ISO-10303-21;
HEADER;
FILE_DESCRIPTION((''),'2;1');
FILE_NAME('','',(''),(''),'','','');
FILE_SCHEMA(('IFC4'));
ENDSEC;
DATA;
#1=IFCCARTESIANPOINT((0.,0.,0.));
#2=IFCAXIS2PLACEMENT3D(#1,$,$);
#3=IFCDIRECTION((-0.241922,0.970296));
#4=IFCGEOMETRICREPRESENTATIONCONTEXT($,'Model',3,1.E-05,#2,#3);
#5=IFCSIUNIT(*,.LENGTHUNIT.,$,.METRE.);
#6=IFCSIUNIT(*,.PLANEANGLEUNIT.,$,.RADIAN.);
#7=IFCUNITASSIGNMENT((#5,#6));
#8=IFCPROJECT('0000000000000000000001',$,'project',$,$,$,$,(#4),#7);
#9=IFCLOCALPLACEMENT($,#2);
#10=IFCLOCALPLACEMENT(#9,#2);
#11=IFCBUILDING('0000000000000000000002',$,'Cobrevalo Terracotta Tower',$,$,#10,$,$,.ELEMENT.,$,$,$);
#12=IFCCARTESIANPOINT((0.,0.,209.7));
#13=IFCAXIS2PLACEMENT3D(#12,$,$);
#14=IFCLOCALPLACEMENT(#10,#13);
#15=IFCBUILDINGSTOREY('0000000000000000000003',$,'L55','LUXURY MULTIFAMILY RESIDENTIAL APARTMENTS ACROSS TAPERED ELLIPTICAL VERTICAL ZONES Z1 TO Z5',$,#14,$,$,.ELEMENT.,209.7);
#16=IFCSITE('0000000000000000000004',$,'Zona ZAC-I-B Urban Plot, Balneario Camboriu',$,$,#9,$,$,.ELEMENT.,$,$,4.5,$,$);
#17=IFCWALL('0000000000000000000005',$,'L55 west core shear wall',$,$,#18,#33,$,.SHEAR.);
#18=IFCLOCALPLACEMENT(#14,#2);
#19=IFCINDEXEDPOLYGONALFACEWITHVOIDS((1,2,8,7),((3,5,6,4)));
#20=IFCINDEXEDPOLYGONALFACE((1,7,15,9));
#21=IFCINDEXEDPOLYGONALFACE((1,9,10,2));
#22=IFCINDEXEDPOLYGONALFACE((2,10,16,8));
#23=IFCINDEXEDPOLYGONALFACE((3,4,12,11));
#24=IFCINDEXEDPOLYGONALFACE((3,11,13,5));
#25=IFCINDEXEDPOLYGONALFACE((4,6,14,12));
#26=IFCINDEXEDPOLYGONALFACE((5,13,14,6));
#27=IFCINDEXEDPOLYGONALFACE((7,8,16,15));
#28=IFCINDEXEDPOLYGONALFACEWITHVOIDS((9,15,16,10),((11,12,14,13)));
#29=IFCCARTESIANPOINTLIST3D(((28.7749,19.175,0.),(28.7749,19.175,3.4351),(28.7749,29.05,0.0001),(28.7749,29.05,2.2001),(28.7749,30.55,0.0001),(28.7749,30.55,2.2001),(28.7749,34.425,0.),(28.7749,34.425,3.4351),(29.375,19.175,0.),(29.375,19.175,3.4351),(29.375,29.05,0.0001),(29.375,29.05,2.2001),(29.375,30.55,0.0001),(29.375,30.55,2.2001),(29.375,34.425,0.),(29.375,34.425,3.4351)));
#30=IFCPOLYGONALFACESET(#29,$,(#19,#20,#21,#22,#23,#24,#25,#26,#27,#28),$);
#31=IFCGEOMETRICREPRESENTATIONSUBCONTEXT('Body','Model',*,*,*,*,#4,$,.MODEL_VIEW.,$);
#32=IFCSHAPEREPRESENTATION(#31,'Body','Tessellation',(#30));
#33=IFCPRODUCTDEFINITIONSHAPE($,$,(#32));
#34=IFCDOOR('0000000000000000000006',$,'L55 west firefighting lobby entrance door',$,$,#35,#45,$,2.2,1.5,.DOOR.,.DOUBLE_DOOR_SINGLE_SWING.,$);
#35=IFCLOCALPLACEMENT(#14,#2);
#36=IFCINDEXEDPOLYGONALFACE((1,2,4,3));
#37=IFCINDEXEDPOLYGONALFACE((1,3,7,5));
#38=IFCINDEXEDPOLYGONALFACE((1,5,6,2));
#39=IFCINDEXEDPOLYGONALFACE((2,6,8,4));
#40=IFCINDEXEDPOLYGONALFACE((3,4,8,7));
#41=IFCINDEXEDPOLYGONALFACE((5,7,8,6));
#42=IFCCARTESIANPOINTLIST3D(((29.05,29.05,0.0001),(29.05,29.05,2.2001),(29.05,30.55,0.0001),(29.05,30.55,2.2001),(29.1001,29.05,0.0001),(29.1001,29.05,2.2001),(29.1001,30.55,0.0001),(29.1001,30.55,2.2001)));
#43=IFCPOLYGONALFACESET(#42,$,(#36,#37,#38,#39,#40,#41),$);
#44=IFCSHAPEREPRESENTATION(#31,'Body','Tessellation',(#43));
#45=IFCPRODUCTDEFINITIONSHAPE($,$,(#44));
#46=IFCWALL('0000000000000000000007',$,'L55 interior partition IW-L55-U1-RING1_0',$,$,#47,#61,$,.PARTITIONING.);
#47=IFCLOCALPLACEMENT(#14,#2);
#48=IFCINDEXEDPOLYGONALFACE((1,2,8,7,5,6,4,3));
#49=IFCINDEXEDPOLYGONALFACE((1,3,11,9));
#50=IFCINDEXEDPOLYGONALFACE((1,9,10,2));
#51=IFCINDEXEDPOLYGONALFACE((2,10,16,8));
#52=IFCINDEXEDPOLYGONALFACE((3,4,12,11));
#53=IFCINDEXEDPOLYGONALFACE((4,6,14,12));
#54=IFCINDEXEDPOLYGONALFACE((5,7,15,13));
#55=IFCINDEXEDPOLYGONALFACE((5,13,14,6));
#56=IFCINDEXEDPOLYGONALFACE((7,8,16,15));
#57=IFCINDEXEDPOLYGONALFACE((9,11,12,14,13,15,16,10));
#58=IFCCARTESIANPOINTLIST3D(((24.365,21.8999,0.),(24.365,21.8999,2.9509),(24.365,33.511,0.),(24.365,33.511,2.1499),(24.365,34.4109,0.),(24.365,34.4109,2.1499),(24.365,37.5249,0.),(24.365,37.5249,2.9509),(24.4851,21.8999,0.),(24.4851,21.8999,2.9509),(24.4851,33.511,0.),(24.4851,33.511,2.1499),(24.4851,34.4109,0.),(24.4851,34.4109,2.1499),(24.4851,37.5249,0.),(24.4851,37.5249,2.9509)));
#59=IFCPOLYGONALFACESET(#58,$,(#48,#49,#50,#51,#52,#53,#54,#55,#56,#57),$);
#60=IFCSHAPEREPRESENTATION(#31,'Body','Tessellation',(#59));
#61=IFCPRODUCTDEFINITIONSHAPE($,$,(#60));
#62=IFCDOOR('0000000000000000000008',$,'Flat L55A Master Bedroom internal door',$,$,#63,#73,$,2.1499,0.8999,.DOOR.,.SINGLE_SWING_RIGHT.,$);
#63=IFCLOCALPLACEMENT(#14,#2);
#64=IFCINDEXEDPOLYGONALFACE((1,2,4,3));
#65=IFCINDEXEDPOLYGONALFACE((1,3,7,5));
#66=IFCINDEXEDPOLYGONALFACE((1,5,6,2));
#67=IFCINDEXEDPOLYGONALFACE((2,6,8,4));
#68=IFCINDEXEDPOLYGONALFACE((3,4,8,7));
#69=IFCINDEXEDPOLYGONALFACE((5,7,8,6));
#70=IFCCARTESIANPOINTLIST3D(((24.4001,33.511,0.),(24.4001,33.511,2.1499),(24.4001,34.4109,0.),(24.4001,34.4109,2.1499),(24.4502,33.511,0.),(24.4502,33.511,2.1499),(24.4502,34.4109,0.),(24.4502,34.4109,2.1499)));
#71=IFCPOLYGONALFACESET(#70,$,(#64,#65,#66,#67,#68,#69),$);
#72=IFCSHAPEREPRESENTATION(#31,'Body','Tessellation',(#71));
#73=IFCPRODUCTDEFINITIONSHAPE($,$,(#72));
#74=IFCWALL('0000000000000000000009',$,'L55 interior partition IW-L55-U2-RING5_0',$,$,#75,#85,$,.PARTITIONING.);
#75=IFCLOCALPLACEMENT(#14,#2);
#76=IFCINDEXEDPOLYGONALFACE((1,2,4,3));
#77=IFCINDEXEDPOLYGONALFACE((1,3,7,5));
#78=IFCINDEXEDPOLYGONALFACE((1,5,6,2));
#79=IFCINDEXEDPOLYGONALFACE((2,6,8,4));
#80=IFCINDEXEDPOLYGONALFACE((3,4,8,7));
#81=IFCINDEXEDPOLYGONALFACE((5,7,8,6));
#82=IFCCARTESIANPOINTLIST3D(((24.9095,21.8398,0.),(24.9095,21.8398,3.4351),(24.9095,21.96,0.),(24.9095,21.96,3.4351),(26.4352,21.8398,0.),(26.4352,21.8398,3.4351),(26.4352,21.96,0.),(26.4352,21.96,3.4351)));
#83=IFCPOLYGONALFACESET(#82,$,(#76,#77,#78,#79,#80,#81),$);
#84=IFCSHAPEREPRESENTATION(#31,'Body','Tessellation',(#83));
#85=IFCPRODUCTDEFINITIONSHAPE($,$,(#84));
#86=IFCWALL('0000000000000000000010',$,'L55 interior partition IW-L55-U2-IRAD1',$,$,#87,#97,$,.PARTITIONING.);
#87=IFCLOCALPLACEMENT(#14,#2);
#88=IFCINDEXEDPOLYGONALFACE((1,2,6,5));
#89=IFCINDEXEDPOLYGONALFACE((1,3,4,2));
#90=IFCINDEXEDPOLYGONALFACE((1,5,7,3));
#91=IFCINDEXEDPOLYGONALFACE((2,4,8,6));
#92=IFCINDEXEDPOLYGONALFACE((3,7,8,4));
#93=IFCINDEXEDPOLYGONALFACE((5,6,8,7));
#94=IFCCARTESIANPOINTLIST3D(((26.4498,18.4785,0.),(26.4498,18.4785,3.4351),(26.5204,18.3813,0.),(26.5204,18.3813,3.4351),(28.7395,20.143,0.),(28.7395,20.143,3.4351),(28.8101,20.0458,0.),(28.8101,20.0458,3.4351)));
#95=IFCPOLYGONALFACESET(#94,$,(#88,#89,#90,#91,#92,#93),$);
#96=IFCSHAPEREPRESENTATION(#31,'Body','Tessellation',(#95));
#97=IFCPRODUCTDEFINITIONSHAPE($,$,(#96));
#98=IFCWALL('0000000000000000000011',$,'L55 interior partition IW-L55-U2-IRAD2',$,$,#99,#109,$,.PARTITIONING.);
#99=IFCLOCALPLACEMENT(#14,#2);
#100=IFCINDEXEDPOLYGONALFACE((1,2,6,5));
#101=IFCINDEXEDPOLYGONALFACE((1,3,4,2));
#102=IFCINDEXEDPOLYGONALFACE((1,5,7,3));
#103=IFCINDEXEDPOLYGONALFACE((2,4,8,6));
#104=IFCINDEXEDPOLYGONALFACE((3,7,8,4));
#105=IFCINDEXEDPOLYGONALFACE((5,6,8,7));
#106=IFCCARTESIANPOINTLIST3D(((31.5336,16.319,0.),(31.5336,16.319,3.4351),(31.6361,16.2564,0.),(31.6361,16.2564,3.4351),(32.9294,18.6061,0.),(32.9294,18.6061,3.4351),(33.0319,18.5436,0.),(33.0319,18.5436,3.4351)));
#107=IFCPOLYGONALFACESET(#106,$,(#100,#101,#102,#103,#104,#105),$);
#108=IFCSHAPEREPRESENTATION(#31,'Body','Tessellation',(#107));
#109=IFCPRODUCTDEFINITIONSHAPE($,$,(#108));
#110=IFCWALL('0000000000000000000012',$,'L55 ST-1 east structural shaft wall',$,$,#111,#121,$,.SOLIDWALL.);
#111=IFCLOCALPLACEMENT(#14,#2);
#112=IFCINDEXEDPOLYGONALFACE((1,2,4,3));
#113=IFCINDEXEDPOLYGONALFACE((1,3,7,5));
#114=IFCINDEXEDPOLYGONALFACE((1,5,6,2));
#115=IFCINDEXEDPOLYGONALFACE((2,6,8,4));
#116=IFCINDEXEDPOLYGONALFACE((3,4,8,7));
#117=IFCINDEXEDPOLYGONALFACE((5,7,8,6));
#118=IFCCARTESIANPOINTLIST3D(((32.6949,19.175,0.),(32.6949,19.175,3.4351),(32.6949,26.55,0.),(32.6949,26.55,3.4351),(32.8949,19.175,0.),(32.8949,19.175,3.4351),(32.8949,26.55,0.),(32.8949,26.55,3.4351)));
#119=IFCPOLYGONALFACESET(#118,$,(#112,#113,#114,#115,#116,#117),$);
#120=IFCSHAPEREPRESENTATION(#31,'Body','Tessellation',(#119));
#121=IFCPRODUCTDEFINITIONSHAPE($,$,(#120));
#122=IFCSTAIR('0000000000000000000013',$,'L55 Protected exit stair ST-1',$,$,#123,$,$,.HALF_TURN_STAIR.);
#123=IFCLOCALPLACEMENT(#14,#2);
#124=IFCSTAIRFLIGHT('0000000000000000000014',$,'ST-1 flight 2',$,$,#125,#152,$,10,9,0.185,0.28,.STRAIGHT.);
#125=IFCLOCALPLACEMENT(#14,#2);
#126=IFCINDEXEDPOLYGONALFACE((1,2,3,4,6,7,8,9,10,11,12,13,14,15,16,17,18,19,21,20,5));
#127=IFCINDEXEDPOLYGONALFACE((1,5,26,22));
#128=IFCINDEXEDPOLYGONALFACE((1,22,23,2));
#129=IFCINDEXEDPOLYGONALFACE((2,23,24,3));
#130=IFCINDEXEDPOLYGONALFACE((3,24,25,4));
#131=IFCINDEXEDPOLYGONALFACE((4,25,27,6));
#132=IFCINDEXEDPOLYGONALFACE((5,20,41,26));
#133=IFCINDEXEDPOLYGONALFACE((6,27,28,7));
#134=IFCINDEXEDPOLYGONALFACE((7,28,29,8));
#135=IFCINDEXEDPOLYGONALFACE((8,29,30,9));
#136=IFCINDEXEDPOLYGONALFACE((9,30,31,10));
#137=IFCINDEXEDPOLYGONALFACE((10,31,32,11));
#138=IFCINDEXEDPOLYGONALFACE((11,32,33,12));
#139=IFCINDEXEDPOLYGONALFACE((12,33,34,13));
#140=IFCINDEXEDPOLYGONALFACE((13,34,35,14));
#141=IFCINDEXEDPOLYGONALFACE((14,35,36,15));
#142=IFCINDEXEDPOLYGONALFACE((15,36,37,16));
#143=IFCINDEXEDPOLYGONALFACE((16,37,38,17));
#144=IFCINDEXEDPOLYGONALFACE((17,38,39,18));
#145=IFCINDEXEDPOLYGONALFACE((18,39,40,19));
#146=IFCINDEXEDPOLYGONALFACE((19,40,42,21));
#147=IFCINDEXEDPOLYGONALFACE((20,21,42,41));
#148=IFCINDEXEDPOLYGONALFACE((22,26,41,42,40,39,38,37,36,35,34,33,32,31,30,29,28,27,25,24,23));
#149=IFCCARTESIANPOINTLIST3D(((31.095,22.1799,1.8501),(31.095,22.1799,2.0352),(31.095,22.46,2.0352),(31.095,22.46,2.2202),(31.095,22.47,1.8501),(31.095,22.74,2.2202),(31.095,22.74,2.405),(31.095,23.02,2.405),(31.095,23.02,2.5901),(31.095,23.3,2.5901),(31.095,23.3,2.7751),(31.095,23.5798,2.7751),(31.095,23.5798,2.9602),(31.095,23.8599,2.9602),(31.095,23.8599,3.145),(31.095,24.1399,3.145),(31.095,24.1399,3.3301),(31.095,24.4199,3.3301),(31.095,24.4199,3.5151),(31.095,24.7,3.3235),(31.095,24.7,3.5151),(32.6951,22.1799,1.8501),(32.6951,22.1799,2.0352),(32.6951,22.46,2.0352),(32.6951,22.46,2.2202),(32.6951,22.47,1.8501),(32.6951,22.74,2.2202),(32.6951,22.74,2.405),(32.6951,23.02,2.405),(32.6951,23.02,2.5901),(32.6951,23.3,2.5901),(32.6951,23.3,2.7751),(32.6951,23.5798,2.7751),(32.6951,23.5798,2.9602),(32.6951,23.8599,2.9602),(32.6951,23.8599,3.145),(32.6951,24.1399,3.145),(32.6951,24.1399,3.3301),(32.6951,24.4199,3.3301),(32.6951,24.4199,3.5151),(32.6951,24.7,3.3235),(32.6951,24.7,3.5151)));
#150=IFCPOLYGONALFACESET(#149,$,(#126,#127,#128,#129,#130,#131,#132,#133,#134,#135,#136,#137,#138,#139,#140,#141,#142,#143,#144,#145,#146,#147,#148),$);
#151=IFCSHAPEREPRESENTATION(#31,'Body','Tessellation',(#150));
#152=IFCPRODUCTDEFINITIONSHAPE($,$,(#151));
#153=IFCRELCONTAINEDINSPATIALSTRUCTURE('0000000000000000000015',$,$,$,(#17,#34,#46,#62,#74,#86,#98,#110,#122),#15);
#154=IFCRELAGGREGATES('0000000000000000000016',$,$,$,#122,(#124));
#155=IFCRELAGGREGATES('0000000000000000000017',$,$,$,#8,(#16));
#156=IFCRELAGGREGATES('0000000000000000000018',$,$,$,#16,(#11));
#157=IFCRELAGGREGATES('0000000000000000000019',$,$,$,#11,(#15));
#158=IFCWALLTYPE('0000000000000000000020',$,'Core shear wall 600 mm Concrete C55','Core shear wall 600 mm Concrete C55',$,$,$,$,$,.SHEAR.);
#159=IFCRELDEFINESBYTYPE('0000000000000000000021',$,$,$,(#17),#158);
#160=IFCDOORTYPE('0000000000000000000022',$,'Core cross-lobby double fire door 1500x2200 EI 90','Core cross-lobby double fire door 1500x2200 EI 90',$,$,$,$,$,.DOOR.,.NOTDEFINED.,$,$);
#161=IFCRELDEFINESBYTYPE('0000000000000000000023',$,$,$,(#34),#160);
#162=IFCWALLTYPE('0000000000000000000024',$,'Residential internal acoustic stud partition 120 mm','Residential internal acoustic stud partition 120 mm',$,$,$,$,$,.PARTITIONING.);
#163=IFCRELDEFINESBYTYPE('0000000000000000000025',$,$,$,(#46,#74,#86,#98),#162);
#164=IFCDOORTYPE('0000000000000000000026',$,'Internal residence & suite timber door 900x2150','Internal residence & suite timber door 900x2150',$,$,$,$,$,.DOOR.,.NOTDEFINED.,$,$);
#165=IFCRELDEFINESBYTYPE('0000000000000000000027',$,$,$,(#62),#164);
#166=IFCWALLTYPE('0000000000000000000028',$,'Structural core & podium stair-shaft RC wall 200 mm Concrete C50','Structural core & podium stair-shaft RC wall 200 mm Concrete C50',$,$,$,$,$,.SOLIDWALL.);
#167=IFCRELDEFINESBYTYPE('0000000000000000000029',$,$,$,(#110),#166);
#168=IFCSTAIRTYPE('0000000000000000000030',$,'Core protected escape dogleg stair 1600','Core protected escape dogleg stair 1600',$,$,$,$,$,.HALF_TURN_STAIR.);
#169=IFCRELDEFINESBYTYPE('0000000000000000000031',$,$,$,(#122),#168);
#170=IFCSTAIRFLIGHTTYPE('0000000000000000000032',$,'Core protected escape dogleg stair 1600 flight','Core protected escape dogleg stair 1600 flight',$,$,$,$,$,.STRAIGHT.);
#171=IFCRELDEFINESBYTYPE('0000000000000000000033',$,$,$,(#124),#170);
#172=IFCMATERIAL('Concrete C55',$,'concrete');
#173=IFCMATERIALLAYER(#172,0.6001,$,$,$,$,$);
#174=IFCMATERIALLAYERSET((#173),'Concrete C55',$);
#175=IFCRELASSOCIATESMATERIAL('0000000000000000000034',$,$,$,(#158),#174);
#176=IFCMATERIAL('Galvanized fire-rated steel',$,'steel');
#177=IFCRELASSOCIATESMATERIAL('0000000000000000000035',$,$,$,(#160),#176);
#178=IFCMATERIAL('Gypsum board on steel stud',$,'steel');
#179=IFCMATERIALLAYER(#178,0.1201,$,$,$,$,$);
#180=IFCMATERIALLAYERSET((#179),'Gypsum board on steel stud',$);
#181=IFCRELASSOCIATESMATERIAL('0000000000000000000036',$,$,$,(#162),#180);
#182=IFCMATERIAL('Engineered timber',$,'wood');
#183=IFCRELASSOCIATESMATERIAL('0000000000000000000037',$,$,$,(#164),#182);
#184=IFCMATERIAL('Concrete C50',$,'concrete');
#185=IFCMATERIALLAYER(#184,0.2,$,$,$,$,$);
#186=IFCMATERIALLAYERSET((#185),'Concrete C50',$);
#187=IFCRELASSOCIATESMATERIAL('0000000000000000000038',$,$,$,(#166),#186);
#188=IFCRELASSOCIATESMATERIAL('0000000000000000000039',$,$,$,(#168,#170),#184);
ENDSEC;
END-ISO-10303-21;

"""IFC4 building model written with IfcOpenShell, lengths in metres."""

from ifc_helpers import new_model, si_unit, direction, frame, frame_2d, origin, place, context, subcontext, project, spatial, polyline, rectangle, outline, extrude, source, transform, mapped, material, layer, layer_set, type_object, element, fill, aggregate, save


model = new_model("IFC4")

# Units and contexts
model_context = context("Model", 3, precision=1e-05, world=origin(), true_north=direction((-0.241922, 0.970296)))
body_context = subcontext(model_context, "Body", "Model", "MODEL_VIEW")
ifc_project = project(units=[si_unit("LENGTHUNIT", "METRE"), si_unit("PLANEANGLEUNIT", "RADIAN")], contexts=[model_context])

# Site, building, storey
site_placement = place(None, origin())
site = spatial("IfcSite", under=ifc_project, at=site_placement, Name="Zona ZAC-I-B Urban Plot, Balneario Camboriu", CompositionType="ELEMENT", RefElevation=4.5)
building_placement = place(site_placement, origin())
building = spatial("IfcBuilding", under=site, at=building_placement, Name="Cobrevalo Terracotta Tower", CompositionType="ELEMENT")
storey_placement = place(building_placement, frame((0.0, 0.0, 209.7)))
storey = spatial("IfcBuildingStorey", under=building, at=storey_placement, Name="L55", Description="LUXURY MULTIFAMILY RESIDENTIAL APARTMENTS ACROSS TAPERED ELLIPTICAL VERTICAL ZONES Z1 TO Z5", CompositionType="ELEMENT", Elevation=209.7)

# Shared definitions
ifc_material_1 = material(Name="Concrete C50", Category="concrete")

# Shared definitions
ifc_material_2 = material(Name="Concrete C55", Category="concrete")
ifc_layer_1 = layer(ifc_material_2, 0.6001)
ifc_layer_set_1 = layer_set([ifc_layer_1], Name="Concrete C55")
wall_type_1 = type_object("IfcWallType", Name="Core shear wall 600 mm Concrete C55", Description="Core shear wall 600 mm Concrete C55", PredefinedType="SHEAR", material=ifc_layer_set_1)

# Walls, openings, doors
wall_1_placement = place(storey_placement, frame((29.075, 19.175, 0.0), z_axis=(0.0, 0.0, 1.0), x_axis=(0.0, 1.0, 0.0)))
wall_1 = element("IfcWall", 1, at=wall_1_placement, inside=storey, type_object=wall_type_1, Name="L55 west core shear wall", PredefinedType="SHEAR", context=body_context, shape_type="SweptSolid", body=[
    extrude(rectangle(XDim=15.25, YDim=0.6001, at=frame_2d((7.625, 0.0))), origin(), (0.0, 0.0, 1.0), 3.4351),
])
opening_1_placement = place(wall_1_placement, frame((9.875, 0.0, 0.0)))
opening_1 = element("IfcOpeningElement", 2, at=opening_1_placement, cuts=wall_1, PredefinedType="OPENING", context=body_context, shape_type="SweptSolid", body=[
    extrude(rectangle(XDim=1.5, YDim=2.2, at=frame_2d((0.75, 1.1001))), frame((0.0, 0.3101, 0.0), z_axis=(0.0, -1.0, 0.0), x_axis=(1.0, 0.0, 0.0)), (0.0, 0.0, 1.0), 0.6201),
])
ifc_material_3 = material(Name="Galvanized fire-rated steel", Category="steel")
door_type_1 = type_object("IfcDoorType", Name="Core cross-lobby double fire door 1500x2200 EI 90", Description="Core cross-lobby double fire door 1500x2200 EI 90", OperationType="NOTDEFINED", PredefinedType="DOOR", material=ifc_material_3)
shared_shape_1 = source(origin(), body_context, "Body", "SweptSolid", [
    extrude(rectangle(XDim=1.5, YDim=2.2, at=frame_2d((0.75, 1.1001))), frame((0.0, 0.0249, 0.0), z_axis=(0.0, -1.0, 0.0), x_axis=(1.0, 0.0, 0.0)), (0.0, 0.0, 1.0), 0.05),
])
door_1_placement = place(opening_1_placement, origin())
door_1 = element("IfcDoor", 3, at=door_1_placement, inside=storey, type_object=door_type_1, Name="L55 west firefighting lobby entrance door", OperationType="DOUBLE_DOOR_SINGLE_SWING", OverallHeight=2.2, OverallWidth=1.5, PredefinedType="DOOR", context=body_context, shape_type="MappedRepresentation", body=[
    mapped(shared_shape_1, transform((0.0, 0.0, 0.0), scale=1.0)),
])
fill(opening_1, door_1)
ifc_material_4 = material(Name="Gypsum board on steel stud", Category="steel")
ifc_layer_2 = layer(ifc_material_4, 0.1201)
ifc_layer_set_2 = layer_set([ifc_layer_2], Name="Gypsum board on steel stud")
wall_type_2 = type_object("IfcWallType", Name="Residential internal acoustic stud partition 120 mm", Description="Residential internal acoustic stud partition 120 mm", PredefinedType="PARTITIONING", material=ifc_layer_set_2)
wall_2_placement = place(storey_placement, frame((24.425, 21.8999, 0.0), z_axis=(0.0, 0.0, 1.0), x_axis=(0.0, 1.0, 0.0)))
wall_2 = element("IfcWall", 4, at=wall_2_placement, inside=storey, type_object=wall_type_2, Name="L55 interior partition IW-L55-U1-RING1_0", PredefinedType="PARTITIONING", context=body_context, shape_type="SweptSolid", body=[
    extrude(rectangle(XDim=15.625, YDim=0.1201, at=frame_2d((7.8125, 0.0))), origin(), (0.0, 0.0, 1.0), 2.9509),
])
opening_2_placement = place(wall_2_placement, frame((11.6111, 0.0, 0.0)))
opening_2 = element("IfcOpeningElement", 5, at=opening_2_placement, cuts=wall_2, PredefinedType="OPENING", context=body_context, shape_type="SweptSolid", body=[
    extrude(rectangle(XDim=0.8999, YDim=2.1499, at=frame_2d((0.45, 1.075))), frame((0.0, 0.0701, 0.0), z_axis=(0.0, -1.0, 0.0), x_axis=(1.0, 0.0, 0.0)), (0.0, 0.0, 1.0), 0.1401),
])
ifc_material_5 = material(Name="Engineered timber", Category="wood")
door_type_2 = type_object("IfcDoorType", Name="Internal residence & suite timber door 900x2150", Description="Internal residence & suite timber door 900x2150", OperationType="NOTDEFINED", PredefinedType="DOOR", material=ifc_material_5)
shared_shape_2 = source(origin(), body_context, "Body", "SweptSolid", [
    extrude(rectangle(XDim=0.8999, YDim=2.1499, at=frame_2d((0.45, 1.075))), frame((0.0, 0.0249, 0.0), z_axis=(0.0, -1.0, 0.0), x_axis=(1.0, 0.0, 0.0)), (0.0, 0.0, 1.0), 0.05),
])
door_2_placement = place(opening_2_placement, origin())
door_2 = element("IfcDoor", 6, at=door_2_placement, inside=storey, type_object=door_type_2, Name="Flat L55A Master Bedroom internal door", OperationType="SINGLE_SWING_RIGHT", OverallHeight=2.1499, OverallWidth=0.8999, PredefinedType="DOOR", context=body_context, shape_type="MappedRepresentation", body=[
    mapped(shared_shape_2, transform((0.0, 0.0, 0.0), scale=1.0)),
])
fill(opening_2, door_2)

# Walls
wall_3_placement = place(storey_placement, frame((26.4351, 21.8999, 0.0), z_axis=(0.0, 0.0, 1.0), x_axis=(-1.0, 0.0, 0.0)))
element("IfcWall", 7, at=wall_3_placement, inside=storey, type_object=wall_type_2, Name="L55 interior partition IW-L55-U2-RING5_0", PredefinedType="PARTITIONING", context=body_context, shape_type="SweptSolid", body=[
    extrude(rectangle(XDim=1.5256, YDim=0.1201, at=frame_2d((0.7627, 0.0))), origin(), (0.0, 0.0, 1.0), 3.4351),
])
wall_4_placement = place(storey_placement, frame((28.7749, 20.0945, 0.0), z_axis=(0.0, 0.0, 1.0), x_axis=(-0.808863, -0.587997, 0.0)))
element("IfcWall", 8, at=wall_4_placement, inside=storey, type_object=wall_type_2, Name="L55 interior partition IW-L55-U2-IRAD1", PredefinedType="PARTITIONING", context=body_context, shape_type="SweptSolid", body=[
    extrude(rectangle(XDim=2.8308, YDim=0.1201, at=frame_2d((1.4155, 0.0))), origin(), (0.0, 0.0, 1.0), 3.4351),
])
wall_5_placement = place(storey_placement, frame((32.9807, 18.575, 0.0), z_axis=(0.0, 0.0, 1.0), x_axis=(-0.520927, -0.853602, 0.0)))
element("IfcWall", 9, at=wall_5_placement, inside=storey, type_object=wall_type_2, Name="L55 interior partition IW-L55-U2-IRAD2", PredefinedType="PARTITIONING", context=body_context, shape_type="SweptSolid", body=[
    extrude(rectangle(XDim=2.6794, YDim=0.1201, at=frame_2d((1.3398, 0.0))), origin(), (0.0, 0.0, 1.0), 3.4351),
])
ifc_layer_3 = layer(ifc_material_1, 0.2)
ifc_layer_set_3 = layer_set([ifc_layer_3], Name="Concrete C50")
wall_type_3 = type_object("IfcWallType", Name="Structural core & podium stair-shaft RC wall 200 mm Concrete C50", Description="Structural core & podium stair-shaft RC wall 200 mm Concrete C50", PredefinedType="SOLIDWALL", material=ifc_layer_set_3)
wall_6_placement = place(storey_placement, frame((32.7949, 19.175, 0.0), z_axis=(0.0, 0.0, 1.0), x_axis=(0.0, 1.0, 0.0)))
element("IfcWall", 10, at=wall_6_placement, inside=storey, type_object=wall_type_3, Name="L55 ST-1 east structural shaft wall", PredefinedType="SOLIDWALL", context=body_context, shape_type="SweptSolid", body=[
    extrude(rectangle(XDim=7.375, YDim=0.2, at=frame_2d((3.6875, 0.0))), origin(), (0.0, 0.0, 1.0), 3.4351),
])

# Stair, stair flight
stair_type = type_object("IfcStairType", Name="Core protected escape dogleg stair 1600", Description="Core protected escape dogleg stair 1600", PredefinedType="HALF_TURN_STAIR", material=ifc_material_1)
stair_placement = place(storey_placement, origin())
stair = element("IfcStair", 11, at=stair_placement, inside=storey, type_object=stair_type, Name="L55 Protected exit stair ST-1", PredefinedType="HALF_TURN_STAIR")
stair_flight_type = type_object("IfcStairFlightType", Name="Core protected escape dogleg stair 1600 flight", Description="Core protected escape dogleg stair 1600 flight", PredefinedType="STRAIGHT", material=ifc_material_1)
stair_flight_placement = place(storey_placement, frame((31.895, 22.1799, 1.8501), z_axis=(0.0, 0.0, 1.0), x_axis=(0.0, 1.0, 0.0)))
stair_flight = element("IfcStairFlight", 12, at=stair_flight_placement, type_object=stair_flight_type, Name="ST-1 flight 2", NumberOfRisers=10, NumberOfTreads=9, PredefinedType="STRAIGHT", RiserHeight=0.185, TreadLength=0.28, context=body_context, shape_type="SweptSolid", body=[
    extrude(outline(polyline([(0.0, 0.0), (0.0, 0.1851), (0.28, 0.1851), (0.28, 0.3701), (0.5601, 0.3701), (0.5601, 0.5549), (0.8401, 0.5549), (0.8401, 0.74), (1.1201, 0.74), (1.1201, 0.925), (1.3999, 0.925), (1.3999, 1.1101), (1.6799, 1.1101), (1.6799, 1.2949), (1.96, 1.2949), (1.96, 1.48), (2.24, 1.48), (2.24, 1.665), (2.52, 1.665), (2.52, 1.8501), (2.52, 1.4734), (0.29, 0.0), (0.0, 0.0)])), frame((0.0, 0.8, 0.0), z_axis=(0.0, -1.0, 0.0), x_axis=(1.0, 0.0, 0.0)), (0.0, 0.0, 1.0), 1.6001),
])
aggregate(stair, [stair_flight])

save(model, "model.ifc")
